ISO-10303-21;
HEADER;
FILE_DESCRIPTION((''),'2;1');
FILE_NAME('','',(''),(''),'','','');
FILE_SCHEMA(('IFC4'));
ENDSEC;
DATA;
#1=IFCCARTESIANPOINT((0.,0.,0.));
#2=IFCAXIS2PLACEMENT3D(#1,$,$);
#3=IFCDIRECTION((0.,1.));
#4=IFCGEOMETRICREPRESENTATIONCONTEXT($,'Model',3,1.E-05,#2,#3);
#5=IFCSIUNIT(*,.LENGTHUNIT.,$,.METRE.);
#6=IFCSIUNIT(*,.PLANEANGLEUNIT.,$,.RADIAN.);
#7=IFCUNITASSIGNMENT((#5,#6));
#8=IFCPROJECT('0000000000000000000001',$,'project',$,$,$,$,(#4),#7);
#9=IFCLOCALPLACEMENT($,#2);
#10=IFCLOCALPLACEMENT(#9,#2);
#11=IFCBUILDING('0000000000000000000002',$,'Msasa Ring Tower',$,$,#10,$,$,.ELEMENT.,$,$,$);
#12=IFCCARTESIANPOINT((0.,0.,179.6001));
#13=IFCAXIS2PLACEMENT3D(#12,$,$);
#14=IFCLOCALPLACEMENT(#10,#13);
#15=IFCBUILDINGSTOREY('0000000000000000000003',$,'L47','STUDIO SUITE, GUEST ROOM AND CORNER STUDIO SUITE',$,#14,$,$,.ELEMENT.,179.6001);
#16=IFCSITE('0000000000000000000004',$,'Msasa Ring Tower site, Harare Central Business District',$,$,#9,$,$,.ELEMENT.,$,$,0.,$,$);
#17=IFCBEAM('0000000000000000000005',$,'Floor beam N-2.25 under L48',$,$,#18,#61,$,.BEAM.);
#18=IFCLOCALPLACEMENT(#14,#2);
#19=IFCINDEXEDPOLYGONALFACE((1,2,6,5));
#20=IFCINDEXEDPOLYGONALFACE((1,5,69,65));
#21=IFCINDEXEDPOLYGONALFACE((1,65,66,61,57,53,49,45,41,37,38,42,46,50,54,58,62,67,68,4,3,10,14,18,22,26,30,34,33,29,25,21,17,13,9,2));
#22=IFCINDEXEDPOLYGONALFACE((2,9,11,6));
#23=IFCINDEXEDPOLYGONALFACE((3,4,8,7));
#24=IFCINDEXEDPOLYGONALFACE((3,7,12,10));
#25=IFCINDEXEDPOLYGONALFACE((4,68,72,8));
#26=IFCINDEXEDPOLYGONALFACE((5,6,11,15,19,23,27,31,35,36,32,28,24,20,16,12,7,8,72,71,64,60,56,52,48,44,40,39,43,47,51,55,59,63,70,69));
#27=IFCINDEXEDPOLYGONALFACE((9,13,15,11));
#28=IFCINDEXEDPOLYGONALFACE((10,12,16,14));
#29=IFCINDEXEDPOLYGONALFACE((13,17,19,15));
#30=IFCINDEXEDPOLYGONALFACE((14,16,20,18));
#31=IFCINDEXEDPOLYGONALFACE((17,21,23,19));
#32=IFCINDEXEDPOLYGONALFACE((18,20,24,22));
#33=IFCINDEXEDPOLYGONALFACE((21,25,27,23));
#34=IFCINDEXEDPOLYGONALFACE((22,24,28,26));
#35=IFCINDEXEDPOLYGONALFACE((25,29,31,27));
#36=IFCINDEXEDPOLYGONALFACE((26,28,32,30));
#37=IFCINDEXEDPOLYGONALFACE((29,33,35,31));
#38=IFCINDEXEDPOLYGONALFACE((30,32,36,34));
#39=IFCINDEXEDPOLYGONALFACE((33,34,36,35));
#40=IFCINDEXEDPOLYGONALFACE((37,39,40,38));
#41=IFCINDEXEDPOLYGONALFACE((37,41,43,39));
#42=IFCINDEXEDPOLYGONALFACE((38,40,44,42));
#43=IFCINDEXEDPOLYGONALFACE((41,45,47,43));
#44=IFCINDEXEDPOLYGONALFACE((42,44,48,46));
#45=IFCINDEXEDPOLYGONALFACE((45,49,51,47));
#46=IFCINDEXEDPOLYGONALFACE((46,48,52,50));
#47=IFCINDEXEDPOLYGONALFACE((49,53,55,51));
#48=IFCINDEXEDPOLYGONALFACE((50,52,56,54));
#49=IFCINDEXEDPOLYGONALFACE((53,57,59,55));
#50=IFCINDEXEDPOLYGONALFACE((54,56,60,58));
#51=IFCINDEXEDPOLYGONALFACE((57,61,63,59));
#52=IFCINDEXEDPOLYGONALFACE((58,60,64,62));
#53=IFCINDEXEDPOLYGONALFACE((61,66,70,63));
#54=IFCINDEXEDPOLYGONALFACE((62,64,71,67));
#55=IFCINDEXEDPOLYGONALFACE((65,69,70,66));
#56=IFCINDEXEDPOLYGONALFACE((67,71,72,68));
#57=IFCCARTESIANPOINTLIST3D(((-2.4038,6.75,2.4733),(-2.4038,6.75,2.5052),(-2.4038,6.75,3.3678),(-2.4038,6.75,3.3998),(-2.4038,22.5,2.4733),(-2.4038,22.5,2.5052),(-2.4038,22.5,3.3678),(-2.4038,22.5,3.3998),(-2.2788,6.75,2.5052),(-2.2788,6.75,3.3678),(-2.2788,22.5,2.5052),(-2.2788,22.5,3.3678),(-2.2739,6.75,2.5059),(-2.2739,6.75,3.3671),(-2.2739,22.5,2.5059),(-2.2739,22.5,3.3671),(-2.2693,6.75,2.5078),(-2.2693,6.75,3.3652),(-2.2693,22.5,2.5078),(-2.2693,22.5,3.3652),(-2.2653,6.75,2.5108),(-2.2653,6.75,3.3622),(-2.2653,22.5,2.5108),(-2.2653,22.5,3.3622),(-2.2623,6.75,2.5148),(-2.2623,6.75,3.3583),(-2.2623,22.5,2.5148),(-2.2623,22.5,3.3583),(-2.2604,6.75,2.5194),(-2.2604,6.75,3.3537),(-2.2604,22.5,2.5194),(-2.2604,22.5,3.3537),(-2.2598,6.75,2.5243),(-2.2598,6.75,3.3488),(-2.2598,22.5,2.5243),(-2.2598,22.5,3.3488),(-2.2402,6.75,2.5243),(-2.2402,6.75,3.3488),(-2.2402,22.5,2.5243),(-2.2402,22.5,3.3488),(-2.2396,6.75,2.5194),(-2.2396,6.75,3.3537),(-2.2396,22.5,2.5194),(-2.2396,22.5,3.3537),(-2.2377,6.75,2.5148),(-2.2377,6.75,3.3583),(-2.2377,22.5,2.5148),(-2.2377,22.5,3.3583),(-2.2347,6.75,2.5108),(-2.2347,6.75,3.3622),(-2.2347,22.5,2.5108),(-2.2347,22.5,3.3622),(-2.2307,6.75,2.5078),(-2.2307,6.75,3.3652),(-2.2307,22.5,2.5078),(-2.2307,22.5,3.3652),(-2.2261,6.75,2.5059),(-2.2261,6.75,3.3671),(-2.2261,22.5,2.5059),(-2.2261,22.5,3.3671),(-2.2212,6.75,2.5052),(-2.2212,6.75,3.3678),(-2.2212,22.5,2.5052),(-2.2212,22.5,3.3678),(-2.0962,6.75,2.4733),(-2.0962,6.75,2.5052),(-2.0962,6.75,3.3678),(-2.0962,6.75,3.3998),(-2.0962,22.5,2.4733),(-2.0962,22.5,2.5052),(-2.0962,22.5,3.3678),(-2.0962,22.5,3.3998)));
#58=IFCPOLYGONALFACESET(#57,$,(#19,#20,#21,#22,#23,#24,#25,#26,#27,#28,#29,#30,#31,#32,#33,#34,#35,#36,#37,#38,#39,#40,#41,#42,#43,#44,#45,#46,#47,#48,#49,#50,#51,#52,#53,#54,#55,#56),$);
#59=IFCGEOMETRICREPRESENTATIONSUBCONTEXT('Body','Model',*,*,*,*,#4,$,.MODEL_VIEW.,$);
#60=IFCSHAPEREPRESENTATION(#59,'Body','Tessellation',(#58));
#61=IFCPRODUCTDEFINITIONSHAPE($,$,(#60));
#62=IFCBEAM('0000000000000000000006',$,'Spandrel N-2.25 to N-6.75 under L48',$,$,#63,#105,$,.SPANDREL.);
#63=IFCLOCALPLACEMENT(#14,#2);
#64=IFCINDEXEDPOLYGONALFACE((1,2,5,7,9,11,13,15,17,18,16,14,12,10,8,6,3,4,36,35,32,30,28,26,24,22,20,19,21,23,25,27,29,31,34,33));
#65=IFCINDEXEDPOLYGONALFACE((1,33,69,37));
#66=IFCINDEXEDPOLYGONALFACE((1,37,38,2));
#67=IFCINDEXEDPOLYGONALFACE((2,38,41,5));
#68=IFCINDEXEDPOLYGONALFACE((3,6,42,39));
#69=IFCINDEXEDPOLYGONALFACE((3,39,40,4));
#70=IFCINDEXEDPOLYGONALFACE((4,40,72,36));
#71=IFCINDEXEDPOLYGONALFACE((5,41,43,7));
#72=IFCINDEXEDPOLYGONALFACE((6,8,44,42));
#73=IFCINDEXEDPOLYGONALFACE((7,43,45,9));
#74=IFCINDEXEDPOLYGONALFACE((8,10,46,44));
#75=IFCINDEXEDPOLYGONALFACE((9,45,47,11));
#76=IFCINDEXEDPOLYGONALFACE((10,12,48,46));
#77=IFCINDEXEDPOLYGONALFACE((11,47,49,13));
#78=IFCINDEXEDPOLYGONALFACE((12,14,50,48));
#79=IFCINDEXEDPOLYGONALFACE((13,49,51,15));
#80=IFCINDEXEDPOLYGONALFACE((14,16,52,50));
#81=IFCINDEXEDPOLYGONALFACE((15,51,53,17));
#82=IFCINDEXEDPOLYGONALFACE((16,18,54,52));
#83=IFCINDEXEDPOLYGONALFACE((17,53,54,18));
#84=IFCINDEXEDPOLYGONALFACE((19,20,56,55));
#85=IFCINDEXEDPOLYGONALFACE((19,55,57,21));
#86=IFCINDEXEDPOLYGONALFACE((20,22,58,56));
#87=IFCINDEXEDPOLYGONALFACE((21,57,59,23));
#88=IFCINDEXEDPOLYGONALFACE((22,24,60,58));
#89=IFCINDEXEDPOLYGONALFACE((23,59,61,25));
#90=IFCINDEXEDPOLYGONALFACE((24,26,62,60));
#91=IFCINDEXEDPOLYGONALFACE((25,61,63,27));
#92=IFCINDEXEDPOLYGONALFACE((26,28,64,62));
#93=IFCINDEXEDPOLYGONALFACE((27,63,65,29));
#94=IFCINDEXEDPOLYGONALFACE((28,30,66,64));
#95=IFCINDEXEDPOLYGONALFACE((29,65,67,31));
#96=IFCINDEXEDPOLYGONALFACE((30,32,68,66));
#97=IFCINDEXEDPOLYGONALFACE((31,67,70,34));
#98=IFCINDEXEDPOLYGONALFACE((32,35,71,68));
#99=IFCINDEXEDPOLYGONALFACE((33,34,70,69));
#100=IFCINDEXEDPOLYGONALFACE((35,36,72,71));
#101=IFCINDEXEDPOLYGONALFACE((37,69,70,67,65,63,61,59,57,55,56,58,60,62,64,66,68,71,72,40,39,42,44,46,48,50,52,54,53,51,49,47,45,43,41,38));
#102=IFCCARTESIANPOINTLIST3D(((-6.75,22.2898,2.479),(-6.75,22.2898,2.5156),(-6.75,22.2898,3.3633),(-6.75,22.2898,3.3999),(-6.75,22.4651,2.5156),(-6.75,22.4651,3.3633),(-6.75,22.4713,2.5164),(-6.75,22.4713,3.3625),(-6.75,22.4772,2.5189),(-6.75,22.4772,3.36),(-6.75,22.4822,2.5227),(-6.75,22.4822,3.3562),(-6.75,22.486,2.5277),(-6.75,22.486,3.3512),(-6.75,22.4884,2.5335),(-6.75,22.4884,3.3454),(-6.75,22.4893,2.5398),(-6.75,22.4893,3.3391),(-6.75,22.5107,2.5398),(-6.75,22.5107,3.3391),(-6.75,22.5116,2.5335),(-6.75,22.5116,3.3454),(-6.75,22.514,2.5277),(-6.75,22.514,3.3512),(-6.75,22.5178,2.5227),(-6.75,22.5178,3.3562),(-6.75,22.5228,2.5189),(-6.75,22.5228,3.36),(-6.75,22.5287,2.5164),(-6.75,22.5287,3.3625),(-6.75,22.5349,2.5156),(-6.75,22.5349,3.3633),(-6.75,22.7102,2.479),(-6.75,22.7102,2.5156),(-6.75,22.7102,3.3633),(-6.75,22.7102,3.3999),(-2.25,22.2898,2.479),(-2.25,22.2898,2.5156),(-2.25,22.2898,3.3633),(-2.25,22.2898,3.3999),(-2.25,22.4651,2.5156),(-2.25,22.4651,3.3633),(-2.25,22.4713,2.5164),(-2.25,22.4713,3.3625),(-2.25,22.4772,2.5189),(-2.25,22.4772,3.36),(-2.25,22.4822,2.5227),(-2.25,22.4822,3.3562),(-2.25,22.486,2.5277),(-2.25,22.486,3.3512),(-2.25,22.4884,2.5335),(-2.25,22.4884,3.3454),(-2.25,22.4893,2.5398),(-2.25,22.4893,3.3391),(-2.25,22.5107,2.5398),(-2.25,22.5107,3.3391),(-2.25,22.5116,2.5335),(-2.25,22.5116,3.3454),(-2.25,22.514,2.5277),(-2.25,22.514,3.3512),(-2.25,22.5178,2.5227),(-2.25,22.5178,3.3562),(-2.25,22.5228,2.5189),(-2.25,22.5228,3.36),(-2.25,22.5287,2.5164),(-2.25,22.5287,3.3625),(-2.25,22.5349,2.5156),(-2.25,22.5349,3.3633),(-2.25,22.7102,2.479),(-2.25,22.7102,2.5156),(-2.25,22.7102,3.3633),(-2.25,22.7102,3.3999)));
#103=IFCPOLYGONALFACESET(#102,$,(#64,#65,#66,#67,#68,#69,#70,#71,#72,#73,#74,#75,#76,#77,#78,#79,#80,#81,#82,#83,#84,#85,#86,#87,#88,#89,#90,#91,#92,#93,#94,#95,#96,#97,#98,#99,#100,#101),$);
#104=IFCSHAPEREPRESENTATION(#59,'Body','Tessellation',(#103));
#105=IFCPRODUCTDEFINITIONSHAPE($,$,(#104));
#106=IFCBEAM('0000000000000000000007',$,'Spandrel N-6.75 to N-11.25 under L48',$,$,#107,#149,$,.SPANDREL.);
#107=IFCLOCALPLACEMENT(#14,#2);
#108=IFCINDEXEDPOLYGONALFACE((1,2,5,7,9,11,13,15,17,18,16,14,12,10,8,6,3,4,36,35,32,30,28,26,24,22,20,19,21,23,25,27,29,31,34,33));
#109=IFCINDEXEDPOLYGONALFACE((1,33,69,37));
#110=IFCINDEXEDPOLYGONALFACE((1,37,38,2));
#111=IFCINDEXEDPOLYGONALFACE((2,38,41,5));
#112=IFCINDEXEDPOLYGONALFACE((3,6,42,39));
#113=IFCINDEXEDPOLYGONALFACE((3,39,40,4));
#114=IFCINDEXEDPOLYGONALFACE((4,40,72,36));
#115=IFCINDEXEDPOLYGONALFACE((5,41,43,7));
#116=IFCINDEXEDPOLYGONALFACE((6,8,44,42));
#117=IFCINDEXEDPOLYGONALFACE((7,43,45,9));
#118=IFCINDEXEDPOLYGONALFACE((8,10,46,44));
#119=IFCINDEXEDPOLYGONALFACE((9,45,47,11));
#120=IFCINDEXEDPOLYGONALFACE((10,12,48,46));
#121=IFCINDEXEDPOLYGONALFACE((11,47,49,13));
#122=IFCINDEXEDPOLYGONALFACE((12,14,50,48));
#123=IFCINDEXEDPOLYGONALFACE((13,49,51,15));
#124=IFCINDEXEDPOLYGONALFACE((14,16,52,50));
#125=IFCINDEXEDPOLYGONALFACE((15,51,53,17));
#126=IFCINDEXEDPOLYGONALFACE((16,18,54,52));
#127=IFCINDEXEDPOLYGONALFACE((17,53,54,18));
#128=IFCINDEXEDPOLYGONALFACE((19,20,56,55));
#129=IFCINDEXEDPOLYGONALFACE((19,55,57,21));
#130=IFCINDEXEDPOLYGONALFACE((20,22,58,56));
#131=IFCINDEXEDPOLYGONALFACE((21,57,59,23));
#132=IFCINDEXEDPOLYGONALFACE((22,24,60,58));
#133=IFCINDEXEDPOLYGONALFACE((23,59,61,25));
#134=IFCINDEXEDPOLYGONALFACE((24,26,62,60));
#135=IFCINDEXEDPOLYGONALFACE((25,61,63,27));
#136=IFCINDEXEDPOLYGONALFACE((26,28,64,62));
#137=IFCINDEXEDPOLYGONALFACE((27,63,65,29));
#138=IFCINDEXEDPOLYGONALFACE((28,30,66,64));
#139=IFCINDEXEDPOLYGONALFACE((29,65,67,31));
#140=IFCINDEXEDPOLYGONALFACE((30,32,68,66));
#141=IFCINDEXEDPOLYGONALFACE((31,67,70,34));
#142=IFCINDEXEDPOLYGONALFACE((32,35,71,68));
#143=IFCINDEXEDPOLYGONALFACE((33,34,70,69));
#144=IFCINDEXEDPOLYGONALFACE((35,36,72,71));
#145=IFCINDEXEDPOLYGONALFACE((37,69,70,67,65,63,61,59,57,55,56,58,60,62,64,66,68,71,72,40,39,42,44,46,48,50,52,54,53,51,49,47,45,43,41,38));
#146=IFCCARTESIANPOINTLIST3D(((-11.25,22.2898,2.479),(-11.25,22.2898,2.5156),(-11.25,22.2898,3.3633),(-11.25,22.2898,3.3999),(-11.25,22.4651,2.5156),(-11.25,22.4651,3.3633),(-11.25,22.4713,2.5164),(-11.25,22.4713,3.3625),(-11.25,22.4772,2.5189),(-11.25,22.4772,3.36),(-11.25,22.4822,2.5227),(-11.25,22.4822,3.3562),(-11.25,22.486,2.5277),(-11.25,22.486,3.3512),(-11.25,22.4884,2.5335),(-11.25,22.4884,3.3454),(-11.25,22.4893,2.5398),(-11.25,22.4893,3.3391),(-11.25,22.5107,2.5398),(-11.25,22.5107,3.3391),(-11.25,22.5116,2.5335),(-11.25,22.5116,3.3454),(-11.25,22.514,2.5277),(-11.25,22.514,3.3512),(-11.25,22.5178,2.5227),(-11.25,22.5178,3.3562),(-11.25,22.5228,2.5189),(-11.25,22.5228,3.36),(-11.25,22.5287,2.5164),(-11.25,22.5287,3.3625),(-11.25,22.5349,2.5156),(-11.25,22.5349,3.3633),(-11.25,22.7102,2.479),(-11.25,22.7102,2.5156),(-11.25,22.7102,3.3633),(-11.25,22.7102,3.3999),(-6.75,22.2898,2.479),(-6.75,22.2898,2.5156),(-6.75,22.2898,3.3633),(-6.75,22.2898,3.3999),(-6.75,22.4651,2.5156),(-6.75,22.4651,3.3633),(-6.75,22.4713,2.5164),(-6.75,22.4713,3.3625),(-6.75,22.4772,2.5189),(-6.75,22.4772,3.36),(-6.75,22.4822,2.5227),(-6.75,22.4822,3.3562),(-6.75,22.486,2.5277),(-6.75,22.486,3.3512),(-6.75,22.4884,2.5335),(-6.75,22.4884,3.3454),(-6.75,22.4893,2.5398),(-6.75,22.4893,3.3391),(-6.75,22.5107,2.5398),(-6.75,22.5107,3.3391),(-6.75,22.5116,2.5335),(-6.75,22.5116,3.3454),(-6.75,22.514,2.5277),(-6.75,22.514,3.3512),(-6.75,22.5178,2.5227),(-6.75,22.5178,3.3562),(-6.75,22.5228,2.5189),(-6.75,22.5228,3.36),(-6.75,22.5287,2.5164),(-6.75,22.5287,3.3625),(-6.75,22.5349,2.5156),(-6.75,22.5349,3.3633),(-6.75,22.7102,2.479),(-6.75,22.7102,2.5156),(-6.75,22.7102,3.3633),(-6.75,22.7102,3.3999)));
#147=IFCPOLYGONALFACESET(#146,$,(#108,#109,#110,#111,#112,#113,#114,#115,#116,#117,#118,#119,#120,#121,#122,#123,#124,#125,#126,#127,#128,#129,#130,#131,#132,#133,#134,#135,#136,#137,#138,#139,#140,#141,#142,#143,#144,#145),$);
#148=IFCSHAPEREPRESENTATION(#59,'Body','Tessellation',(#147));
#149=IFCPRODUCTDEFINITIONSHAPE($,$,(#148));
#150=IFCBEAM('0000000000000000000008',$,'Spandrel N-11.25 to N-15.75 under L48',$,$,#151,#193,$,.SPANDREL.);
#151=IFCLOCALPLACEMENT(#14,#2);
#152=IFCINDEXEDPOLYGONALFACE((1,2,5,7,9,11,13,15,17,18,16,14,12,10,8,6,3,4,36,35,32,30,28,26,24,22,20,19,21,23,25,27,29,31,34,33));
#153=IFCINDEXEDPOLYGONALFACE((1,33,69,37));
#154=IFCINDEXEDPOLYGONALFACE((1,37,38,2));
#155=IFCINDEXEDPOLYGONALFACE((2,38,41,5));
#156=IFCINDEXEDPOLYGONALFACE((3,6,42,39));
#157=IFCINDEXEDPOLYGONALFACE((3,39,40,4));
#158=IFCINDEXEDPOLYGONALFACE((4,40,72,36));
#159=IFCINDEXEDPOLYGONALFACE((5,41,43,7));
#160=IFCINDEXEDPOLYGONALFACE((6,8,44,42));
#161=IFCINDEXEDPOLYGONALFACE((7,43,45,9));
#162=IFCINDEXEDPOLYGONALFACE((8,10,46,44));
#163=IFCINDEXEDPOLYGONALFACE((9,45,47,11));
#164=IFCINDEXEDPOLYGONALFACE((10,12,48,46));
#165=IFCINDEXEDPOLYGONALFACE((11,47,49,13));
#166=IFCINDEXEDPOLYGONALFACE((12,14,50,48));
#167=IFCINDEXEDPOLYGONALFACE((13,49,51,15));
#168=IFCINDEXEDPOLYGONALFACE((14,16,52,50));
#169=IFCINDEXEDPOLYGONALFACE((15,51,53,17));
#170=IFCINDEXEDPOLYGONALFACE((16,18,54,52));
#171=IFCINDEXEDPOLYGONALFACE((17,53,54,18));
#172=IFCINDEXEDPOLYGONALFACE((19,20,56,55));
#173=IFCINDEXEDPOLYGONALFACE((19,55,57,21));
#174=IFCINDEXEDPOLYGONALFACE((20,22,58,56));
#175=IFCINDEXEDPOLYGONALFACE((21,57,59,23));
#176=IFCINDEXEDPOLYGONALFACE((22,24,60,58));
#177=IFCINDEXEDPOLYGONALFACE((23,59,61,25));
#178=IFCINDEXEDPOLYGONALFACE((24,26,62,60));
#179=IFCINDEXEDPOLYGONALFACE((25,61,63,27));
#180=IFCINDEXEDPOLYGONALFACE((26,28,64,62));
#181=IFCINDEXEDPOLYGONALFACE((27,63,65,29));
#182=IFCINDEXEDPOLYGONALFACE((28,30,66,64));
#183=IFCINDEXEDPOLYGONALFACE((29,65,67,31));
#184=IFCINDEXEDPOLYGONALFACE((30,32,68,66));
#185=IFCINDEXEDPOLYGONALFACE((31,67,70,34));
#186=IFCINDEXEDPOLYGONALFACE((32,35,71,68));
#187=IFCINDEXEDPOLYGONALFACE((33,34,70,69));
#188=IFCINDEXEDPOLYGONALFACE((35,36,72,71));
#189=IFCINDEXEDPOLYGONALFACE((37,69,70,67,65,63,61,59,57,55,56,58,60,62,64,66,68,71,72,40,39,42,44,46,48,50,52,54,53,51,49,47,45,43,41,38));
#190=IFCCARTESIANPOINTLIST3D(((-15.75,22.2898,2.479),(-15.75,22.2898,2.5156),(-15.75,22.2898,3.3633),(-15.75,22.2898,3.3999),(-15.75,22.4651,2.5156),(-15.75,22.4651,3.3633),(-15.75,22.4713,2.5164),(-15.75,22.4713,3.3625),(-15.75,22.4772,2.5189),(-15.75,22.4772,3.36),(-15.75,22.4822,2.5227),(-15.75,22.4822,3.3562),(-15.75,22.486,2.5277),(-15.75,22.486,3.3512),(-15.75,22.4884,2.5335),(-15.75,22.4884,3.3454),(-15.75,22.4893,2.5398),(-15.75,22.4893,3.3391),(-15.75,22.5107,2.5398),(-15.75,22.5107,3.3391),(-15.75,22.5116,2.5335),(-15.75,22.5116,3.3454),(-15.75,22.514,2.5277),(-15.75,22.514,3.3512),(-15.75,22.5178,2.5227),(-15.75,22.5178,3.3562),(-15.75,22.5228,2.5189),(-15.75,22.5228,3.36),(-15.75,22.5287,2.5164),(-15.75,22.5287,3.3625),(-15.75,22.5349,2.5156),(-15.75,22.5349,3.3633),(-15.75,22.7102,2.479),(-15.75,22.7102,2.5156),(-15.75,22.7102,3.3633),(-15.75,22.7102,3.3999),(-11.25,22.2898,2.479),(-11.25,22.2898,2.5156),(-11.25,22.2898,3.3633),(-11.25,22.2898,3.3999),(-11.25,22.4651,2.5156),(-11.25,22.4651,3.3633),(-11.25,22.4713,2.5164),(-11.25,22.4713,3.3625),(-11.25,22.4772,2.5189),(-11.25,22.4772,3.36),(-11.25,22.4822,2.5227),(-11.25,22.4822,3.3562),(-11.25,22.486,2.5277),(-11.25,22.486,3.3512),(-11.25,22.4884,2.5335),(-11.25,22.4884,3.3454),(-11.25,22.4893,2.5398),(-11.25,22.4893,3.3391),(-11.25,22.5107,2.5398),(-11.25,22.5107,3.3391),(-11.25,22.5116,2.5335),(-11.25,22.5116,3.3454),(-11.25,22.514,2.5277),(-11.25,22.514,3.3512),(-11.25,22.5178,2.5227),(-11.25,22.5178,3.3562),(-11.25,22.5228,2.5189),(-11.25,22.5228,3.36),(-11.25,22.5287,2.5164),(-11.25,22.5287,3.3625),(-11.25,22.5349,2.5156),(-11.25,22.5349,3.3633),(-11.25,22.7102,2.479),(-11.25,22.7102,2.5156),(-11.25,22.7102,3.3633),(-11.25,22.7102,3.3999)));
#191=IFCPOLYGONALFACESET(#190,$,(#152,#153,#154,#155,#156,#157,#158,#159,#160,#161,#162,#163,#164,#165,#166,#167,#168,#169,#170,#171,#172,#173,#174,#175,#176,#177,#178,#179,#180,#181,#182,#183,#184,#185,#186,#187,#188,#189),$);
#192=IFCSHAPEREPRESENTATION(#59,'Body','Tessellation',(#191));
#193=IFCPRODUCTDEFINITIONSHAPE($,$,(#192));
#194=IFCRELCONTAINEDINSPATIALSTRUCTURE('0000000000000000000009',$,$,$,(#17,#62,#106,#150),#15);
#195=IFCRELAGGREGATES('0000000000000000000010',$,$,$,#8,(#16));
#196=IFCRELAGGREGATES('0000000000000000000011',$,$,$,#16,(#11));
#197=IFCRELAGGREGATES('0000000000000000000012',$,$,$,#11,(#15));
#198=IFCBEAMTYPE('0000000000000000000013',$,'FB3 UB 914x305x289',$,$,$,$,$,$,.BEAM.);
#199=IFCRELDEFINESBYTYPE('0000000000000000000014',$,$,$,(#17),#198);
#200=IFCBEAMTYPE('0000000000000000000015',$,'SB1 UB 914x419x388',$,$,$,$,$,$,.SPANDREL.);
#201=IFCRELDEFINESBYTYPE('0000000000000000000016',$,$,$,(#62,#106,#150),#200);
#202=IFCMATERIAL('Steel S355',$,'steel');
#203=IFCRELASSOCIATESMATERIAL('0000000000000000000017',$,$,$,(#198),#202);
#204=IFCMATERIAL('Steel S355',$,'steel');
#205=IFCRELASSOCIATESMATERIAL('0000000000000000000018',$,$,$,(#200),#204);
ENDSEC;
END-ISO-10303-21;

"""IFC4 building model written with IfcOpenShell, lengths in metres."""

from ifc_helpers import new_model, si_unit, direction, frame, origin, origin_2d, place, context, subcontext, project, spatial, i_section, extrude, material, material_profile, profile_set, type_object, element, save


model = new_model("IFC4")

# Units and contexts
model_context = context("Model", 3, precision=1e-05, world=origin(), true_north=direction((0.0, 1.0)))
body_context = subcontext(model_context, "Body", "Model", "MODEL_VIEW")
ifc_project = project(units=[si_unit("LENGTHUNIT", "METRE"), si_unit("PLANEANGLEUNIT", "RADIAN")], contexts=[model_context])

# Site, building, storey
site_placement = place(None, origin())
site = spatial("IfcSite", under=ifc_project, at=site_placement, Name="Msasa Ring Tower site, Harare Central Business District", CompositionType="ELEMENT", RefElevation=0.0)
building_placement = place(site_placement, origin())
building = spatial("IfcBuilding", under=site, at=building_placement, Name="Msasa Ring Tower", CompositionType="ELEMENT")
storey_placement = place(building_placement, frame((0.0, 0.0, 179.6001)))
storey = spatial("IfcBuildingStorey", under=building, at=storey_placement, Name="L47", Description="STUDIO SUITE, GUEST ROOM AND CORNER STUDIO SUITE", CompositionType="ELEMENT", Elevation=179.6001)

# Beams
ifc_material_1 = material(Name="Steel S355", Category="steel")
ifc_material_profile_1 = material_profile(ifc_material_1, i_section(OverallWidth=0.3076, OverallDepth=0.9265, WebThickness=0.0195, FlangeThickness=0.032, FilletRadius=0.019, at=origin_2d()), Name="UB 914x305x289")
ifc_profile_set_1 = profile_set([ifc_material_profile_1], Name="Steel S355")
beam_type_1 = type_object("IfcBeamType", Name="FB3 UB 914x305x289", PredefinedType="BEAM", material=ifc_profile_set_1)
for number, where, z_axis, x_axis, name in (
    (1, (-2.25, 22.5, 2.9365), (0.0, -1.0, 0.0), (1.0, 0.0, 0.0), "Floor beam N-2.25 under L48"),
):
    element("IfcBeam", number, at=place(storey_placement, frame(where, z_axis=z_axis, x_axis=x_axis)), inside=storey, type_object=beam_type_1, Name=name, PredefinedType="BEAM", context=body_context, shape_type="SweptSolid", body=[
        extrude(i_section(OverallWidth=0.3076, OverallDepth=0.9265, WebThickness=0.0195, FlangeThickness=0.032, FilletRadius=0.019, at=origin_2d()), origin(), (0.0, 0.0, 1.0), 15.75),
    ])
ifc_material_2 = material(Name="Steel S355", Category="steel")
ifc_material_profile_2 = material_profile(ifc_material_2, i_section(OverallWidth=0.4204, OverallDepth=0.9209, WebThickness=0.0215, FlangeThickness=0.0366, FilletRadius=0.0242, at=origin_2d()), Name="UB 914x419x388")
ifc_profile_set_2 = profile_set([ifc_material_profile_2], Name="Steel S355")
beam_type_2 = type_object("IfcBeamType", Name="SB1 UB 914x419x388", PredefinedType="SPANDREL", material=ifc_profile_set_2)
for number, where, z_axis, x_axis, name in (
    (2, (-2.25, 22.5, 2.9395), (-1.0, 0.0, 0.0), (0.0, -1.0, 0.0), "Spandrel N-2.25 to N-6.75 under L48"),
    (3, (-6.75, 22.5, 2.9395), (-1.0, 0.0, 0.0), (0.0, -1.0, 0.0), "Spandrel N-6.75 to N-11.25 under L48"),
    (4, (-11.25, 22.5, 2.9395), (-1.0, 0.0, 0.0), (0.0, -1.0, 0.0), "Spandrel N-11.25 to N-15.75 under L48"),
):
    element("IfcBeam", number, at=place(storey_placement, frame(where, z_axis=z_axis, x_axis=x_axis)), inside=storey, type_object=beam_type_2, Name=name, PredefinedType="SPANDREL", context=body_context, shape_type="SweptSolid", body=[
        extrude(i_section(OverallWidth=0.4204, OverallDepth=0.9209, WebThickness=0.0215, FlangeThickness=0.0366, FilletRadius=0.0242, at=origin_2d()), origin(), (0.0, 0.0, 1.0), 4.5),
    ])

save(model, "model.ifc")
